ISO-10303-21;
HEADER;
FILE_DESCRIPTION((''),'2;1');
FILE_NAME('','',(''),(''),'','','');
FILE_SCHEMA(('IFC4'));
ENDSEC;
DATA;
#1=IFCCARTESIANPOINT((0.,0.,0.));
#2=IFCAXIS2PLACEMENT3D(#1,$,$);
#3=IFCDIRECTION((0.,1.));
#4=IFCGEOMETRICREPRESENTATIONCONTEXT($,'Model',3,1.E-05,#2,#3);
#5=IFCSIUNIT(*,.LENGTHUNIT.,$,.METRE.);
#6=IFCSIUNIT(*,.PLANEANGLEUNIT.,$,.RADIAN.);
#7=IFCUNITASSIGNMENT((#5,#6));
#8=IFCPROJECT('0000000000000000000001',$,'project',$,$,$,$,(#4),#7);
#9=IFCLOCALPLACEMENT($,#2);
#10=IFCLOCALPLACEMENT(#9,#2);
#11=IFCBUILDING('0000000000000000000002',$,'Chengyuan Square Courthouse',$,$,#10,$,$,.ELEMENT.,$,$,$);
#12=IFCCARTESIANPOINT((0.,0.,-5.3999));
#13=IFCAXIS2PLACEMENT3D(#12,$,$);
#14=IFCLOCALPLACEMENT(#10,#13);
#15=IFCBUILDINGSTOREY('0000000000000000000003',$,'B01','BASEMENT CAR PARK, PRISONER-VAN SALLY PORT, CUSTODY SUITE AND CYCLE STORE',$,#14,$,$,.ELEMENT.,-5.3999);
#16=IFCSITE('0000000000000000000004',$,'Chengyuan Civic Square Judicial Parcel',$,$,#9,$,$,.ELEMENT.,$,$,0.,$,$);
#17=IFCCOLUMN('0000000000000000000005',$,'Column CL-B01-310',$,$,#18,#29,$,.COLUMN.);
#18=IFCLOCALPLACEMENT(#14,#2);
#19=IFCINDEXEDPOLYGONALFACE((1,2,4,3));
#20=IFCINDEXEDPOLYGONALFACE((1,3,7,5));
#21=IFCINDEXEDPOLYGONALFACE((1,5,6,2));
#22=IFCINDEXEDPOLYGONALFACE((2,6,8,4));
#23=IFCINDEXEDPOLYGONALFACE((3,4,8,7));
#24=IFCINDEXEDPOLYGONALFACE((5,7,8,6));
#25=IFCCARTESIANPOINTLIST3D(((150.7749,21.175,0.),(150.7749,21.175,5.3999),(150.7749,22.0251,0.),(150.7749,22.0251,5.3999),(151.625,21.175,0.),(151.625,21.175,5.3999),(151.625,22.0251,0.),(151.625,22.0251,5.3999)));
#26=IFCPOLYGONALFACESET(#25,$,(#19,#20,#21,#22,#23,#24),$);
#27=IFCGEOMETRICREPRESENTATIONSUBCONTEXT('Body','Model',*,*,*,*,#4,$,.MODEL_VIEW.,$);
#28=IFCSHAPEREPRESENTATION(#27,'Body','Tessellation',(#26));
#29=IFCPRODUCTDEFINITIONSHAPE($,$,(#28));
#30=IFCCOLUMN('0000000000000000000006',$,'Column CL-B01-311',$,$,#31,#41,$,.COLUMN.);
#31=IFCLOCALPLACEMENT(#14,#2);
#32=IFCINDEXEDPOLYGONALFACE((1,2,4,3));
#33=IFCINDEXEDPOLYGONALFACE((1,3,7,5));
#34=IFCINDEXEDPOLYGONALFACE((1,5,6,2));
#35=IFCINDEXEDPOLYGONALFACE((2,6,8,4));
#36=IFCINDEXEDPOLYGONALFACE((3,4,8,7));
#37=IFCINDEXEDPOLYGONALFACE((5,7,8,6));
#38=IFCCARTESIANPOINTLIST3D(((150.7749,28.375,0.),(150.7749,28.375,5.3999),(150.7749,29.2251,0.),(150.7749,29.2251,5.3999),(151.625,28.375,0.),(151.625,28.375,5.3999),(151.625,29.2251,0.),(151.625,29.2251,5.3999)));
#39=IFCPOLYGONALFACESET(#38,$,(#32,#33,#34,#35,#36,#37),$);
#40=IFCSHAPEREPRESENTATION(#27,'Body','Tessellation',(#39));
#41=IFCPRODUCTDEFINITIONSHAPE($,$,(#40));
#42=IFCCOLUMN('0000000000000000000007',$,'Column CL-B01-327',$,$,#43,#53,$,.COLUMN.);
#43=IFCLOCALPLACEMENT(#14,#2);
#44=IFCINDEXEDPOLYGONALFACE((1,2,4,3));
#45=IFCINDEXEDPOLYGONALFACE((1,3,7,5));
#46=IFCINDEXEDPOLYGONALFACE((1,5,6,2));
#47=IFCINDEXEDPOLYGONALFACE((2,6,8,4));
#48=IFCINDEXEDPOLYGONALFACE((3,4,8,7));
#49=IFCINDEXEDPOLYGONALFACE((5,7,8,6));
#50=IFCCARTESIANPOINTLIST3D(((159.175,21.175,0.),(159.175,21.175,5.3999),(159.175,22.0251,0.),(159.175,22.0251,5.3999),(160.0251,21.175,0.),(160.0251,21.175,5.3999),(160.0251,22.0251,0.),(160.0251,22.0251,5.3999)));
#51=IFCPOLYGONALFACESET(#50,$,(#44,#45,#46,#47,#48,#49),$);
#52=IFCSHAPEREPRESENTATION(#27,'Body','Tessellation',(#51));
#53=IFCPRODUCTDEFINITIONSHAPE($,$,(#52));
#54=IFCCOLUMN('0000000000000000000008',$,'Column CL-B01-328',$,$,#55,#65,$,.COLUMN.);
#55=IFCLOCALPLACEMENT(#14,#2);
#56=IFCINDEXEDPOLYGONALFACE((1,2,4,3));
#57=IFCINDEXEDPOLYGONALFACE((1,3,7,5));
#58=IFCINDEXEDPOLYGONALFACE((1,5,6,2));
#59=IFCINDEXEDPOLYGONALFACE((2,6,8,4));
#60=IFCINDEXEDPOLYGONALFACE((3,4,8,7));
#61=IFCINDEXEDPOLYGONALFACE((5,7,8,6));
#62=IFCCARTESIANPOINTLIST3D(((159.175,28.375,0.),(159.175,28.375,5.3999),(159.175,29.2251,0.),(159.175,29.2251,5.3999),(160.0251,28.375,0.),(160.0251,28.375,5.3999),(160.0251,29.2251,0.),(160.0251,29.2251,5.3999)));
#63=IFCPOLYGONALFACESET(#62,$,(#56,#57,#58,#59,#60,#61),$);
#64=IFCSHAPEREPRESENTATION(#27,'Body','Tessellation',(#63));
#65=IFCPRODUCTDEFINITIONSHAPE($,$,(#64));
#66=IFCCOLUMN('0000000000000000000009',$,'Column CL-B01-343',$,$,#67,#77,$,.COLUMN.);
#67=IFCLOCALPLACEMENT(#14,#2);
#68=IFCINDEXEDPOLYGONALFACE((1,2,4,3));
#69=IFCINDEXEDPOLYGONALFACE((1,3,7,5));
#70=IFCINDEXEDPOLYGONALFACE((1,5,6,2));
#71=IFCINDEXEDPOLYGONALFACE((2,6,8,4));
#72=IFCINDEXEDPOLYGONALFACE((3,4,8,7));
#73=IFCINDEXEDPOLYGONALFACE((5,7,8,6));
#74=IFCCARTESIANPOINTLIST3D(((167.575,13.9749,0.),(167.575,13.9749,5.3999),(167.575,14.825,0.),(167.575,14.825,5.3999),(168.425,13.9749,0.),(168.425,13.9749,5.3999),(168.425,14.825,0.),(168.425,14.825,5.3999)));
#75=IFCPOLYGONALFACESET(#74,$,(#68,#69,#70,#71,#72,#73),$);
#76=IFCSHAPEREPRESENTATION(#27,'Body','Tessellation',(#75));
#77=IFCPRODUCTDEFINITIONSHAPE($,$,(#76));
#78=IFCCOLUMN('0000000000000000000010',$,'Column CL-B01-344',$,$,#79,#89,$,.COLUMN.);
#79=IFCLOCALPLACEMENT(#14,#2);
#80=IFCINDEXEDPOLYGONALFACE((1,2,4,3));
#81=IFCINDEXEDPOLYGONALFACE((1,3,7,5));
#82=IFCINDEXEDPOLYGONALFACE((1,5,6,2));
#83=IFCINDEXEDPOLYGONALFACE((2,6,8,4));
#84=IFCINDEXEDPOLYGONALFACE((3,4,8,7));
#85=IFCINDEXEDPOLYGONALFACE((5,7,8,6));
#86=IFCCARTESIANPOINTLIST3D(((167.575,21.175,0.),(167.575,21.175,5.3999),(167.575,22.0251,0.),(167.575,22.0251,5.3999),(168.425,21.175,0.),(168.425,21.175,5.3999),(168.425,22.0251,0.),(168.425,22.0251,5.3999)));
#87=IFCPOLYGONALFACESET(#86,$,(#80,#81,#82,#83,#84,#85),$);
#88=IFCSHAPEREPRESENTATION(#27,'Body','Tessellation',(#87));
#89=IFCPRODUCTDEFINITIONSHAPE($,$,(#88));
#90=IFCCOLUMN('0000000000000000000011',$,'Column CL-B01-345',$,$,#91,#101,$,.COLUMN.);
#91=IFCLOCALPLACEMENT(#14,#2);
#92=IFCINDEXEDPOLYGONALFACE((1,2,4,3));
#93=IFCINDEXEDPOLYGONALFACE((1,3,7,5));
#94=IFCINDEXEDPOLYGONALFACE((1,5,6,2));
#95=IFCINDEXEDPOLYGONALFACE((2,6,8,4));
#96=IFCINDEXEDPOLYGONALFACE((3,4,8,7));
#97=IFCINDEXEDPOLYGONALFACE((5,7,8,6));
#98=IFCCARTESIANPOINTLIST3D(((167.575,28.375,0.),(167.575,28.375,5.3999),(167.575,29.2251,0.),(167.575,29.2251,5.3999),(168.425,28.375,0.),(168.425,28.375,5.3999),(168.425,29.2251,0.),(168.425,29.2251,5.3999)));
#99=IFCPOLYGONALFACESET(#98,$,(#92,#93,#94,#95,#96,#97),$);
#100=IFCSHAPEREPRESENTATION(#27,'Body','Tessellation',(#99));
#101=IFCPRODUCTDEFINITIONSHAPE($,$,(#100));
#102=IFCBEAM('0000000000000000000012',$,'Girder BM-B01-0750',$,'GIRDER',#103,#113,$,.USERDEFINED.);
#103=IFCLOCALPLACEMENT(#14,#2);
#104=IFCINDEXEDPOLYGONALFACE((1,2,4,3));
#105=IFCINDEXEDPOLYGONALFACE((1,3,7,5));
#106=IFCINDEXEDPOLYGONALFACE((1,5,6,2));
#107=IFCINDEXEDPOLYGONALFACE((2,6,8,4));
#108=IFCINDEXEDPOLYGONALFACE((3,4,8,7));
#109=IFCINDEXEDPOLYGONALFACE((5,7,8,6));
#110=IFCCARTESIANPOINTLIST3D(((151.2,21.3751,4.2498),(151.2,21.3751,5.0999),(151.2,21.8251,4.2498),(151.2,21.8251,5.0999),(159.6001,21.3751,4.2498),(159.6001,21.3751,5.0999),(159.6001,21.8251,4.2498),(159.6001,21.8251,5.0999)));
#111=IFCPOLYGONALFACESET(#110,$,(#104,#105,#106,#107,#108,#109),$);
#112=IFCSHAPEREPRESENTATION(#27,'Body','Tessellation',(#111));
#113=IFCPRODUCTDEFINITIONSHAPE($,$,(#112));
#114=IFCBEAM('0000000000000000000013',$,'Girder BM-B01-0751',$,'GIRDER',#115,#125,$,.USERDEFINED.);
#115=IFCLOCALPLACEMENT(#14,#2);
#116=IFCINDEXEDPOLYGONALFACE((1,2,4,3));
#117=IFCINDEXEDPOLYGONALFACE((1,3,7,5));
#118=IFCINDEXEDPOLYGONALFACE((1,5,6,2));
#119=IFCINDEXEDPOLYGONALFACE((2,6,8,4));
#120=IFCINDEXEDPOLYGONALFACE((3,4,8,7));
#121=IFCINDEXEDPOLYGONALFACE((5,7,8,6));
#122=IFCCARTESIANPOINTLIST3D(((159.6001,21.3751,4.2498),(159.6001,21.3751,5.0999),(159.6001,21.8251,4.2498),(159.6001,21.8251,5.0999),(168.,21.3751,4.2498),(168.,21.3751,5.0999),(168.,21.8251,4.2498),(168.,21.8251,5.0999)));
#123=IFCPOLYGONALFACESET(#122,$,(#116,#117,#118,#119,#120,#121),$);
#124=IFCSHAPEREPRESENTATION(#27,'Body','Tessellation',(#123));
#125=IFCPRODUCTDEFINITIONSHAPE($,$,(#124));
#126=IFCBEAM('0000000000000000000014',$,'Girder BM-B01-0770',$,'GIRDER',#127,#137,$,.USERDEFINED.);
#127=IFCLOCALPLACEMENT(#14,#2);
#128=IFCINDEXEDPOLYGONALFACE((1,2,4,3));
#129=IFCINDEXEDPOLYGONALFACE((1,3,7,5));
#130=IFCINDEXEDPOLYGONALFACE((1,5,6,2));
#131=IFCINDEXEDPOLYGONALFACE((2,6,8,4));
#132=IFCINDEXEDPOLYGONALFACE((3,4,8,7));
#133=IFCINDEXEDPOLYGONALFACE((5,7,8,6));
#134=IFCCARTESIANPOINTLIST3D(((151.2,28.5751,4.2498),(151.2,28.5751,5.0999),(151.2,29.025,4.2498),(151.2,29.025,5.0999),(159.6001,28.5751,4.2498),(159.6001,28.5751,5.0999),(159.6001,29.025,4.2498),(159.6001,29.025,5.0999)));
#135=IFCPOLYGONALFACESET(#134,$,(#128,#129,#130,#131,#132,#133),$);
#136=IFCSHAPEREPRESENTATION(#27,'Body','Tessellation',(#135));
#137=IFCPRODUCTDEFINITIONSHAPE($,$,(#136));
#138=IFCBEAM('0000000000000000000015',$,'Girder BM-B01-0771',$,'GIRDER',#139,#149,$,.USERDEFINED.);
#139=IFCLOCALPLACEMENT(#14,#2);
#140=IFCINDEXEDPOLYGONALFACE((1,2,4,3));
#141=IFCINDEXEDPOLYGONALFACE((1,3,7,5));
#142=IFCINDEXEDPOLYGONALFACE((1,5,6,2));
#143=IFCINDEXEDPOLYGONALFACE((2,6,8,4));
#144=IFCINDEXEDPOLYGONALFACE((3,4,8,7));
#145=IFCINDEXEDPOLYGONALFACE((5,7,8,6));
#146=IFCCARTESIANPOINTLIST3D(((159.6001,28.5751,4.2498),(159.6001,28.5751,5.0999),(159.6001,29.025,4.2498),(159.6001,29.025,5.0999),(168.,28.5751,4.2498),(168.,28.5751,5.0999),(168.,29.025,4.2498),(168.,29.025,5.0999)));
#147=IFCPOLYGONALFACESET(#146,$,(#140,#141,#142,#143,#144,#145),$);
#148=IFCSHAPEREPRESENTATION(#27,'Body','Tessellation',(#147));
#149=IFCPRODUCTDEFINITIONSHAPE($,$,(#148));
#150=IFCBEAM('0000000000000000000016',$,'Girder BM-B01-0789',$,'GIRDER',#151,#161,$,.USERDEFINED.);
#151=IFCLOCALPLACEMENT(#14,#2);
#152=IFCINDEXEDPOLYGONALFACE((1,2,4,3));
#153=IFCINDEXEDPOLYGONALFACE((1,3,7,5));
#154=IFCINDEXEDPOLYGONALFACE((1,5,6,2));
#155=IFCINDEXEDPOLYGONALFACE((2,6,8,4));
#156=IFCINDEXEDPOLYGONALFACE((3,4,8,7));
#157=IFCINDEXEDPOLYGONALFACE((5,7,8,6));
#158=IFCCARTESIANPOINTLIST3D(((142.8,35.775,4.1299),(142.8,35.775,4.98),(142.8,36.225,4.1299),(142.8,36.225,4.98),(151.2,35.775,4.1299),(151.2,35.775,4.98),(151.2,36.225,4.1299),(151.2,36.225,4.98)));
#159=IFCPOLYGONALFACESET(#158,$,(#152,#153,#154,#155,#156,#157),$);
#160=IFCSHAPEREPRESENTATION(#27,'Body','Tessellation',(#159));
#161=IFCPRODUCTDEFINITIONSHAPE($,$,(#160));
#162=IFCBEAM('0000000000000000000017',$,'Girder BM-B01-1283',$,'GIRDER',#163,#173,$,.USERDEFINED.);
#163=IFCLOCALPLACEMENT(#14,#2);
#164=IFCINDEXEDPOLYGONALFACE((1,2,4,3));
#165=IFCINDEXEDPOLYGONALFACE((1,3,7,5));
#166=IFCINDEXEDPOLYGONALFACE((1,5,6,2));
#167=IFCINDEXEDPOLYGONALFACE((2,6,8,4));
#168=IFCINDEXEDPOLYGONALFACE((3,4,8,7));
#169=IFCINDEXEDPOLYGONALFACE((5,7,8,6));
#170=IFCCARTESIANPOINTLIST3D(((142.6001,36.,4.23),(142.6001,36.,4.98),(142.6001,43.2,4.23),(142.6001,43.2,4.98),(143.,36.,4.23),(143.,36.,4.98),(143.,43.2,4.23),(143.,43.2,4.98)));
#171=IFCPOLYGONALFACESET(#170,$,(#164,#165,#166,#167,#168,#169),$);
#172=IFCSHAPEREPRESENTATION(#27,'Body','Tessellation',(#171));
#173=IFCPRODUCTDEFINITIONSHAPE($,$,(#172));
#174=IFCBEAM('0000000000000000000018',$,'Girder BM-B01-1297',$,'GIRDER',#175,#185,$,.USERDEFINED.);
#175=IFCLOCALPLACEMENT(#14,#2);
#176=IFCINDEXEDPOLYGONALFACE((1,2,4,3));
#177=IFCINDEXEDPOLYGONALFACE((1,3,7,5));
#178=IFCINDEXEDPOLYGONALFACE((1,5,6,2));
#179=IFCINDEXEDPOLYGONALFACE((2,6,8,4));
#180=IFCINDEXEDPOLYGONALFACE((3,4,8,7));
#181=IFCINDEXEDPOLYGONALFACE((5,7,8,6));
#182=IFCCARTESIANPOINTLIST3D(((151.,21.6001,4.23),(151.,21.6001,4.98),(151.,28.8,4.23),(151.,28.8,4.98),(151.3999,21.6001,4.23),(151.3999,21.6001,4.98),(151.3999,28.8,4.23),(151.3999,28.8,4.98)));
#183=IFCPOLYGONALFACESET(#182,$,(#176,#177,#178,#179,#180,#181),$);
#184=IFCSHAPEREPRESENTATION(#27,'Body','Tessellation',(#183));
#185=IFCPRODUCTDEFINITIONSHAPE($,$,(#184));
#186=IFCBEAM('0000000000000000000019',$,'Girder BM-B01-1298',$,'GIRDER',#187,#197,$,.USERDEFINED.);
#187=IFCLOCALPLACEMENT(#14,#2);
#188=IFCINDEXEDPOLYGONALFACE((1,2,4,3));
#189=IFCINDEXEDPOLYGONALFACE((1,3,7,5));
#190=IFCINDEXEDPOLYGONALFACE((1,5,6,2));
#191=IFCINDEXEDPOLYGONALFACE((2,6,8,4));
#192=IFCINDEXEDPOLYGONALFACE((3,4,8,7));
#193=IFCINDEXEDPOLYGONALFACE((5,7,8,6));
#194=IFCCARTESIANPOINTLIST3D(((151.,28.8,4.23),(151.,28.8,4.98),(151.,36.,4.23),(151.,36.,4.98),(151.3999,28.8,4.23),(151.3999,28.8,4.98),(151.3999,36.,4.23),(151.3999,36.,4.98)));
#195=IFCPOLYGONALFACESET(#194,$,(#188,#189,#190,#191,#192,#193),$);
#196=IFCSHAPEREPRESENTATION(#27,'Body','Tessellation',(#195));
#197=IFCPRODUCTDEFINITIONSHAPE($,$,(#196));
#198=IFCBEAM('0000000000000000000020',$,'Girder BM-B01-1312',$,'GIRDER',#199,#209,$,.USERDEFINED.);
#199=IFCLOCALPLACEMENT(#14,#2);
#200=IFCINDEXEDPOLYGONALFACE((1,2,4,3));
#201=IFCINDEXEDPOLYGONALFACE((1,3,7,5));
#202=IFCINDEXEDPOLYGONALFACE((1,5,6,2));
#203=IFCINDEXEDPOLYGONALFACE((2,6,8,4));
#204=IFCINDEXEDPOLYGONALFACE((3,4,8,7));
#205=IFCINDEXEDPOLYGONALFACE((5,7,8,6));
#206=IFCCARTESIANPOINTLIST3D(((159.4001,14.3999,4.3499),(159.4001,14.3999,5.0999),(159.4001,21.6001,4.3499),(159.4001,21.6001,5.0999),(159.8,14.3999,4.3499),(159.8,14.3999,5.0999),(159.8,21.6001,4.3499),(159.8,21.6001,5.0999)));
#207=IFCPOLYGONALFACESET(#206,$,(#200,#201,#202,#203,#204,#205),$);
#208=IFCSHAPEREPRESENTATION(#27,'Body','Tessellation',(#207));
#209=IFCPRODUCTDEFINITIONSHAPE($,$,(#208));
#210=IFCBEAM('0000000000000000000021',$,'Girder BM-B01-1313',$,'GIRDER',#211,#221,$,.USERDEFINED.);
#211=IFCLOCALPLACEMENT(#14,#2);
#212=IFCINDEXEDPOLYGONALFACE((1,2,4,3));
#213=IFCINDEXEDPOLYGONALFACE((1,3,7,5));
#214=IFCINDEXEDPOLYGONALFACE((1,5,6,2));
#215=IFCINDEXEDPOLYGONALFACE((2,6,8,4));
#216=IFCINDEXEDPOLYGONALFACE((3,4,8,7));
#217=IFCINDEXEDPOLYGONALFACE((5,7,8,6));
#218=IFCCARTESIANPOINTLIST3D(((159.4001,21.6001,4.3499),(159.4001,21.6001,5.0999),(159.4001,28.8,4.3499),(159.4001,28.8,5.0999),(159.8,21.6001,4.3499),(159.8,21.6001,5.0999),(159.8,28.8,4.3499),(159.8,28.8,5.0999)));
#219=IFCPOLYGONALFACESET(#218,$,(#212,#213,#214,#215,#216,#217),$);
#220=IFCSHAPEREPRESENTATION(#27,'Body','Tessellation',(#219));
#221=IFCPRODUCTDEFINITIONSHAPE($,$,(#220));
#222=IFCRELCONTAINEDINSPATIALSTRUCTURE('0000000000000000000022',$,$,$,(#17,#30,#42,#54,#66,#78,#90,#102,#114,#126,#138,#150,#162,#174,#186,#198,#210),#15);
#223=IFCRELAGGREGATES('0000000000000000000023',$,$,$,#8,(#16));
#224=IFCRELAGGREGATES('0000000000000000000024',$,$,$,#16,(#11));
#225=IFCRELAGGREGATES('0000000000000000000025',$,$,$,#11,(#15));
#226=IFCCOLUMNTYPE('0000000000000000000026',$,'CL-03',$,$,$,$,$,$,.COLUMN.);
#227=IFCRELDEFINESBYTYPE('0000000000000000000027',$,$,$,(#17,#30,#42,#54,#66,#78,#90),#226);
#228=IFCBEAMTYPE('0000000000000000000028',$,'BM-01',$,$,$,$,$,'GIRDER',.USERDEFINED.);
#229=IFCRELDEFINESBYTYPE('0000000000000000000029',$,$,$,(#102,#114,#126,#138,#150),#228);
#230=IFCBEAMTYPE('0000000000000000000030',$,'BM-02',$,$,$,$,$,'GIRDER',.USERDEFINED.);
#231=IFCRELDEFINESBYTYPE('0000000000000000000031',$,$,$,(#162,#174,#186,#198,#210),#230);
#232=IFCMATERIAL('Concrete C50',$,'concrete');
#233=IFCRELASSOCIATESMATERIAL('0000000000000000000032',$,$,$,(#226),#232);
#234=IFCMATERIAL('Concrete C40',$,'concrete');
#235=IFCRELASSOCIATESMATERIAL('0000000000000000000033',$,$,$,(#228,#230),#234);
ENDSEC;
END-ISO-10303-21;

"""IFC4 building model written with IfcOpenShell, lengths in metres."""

from ifc_helpers import new_model, si_unit, direction, frame, origin, origin_2d, place, context, subcontext, project, spatial, rectangle, extrude, material, material_profile, profile_set, type_object, element, save


model = new_model("IFC4")

# Units and contexts
model_context = context("Model", 3, precision=1e-05, world=origin(), true_north=direction((0.0, 1.0)))
body_context = subcontext(model_context, "Body", "Model", "MODEL_VIEW")
ifc_project = project(units=[si_unit("LENGTHUNIT", "METRE"), si_unit("PLANEANGLEUNIT", "RADIAN")], contexts=[model_context])

# Site, building, storey
site_placement = place(None, origin())
site = spatial("IfcSite", under=ifc_project, at=site_placement, Name="Chengyuan Civic Square Judicial Parcel", CompositionType="ELEMENT", RefElevation=0.0)
building_placement = place(site_placement, origin())
building = spatial("IfcBuilding", under=site, at=building_placement, Name="Chengyuan Square Courthouse", CompositionType="ELEMENT")
storey_placement = place(building_placement, frame((0.0, 0.0, -5.3999)))
storey = spatial("IfcBuildingStorey", under=building, at=storey_placement, Name="B01", Description="BASEMENT CAR PARK, PRISONER-VAN SALLY PORT, CUSTODY SUITE AND CYCLE STORE", CompositionType="ELEMENT", Elevation=-5.3999)

# Columns
ifc_material_1 = material(Name="Concrete C50", Category="concrete")
ifc_material_profile_1 = material_profile(ifc_material_1, rectangle(XDim=0.8501, YDim=0.8501, at=origin_2d()), Name="RC-COL-850x850")
ifc_profile_set_1 = profile_set([ifc_material_profile_1], Name="Concrete C50")
column_type = type_object("IfcColumnType", Name="CL-03", PredefinedType="COLUMN", material=ifc_profile_set_1)
for number, where, z_axis, x_axis, name in (
    (1, (151.2, 21.6001, 0.0), (0.0, 0.0, 1.0), (1.0, 0.0, 0.0), "Column CL-B01-310"),
    (2, (151.2, 28.8, 0.0), (0.0, 0.0, 1.0), (1.0, 0.0, 0.0), "Column CL-B01-311"),
    (3, (159.6001, 21.6001, 0.0), (0.0, 0.0, 1.0), (1.0, 0.0, 0.0), "Column CL-B01-327"),
    (4, (159.6001, 28.8, 0.0), (0.0, 0.0, 1.0), (1.0, 0.0, 0.0), "Column CL-B01-328"),
    (5, (168.0, 14.3999, 0.0), (0.0, 0.0, 1.0), (1.0, 0.0, 0.0), "Column CL-B01-343"),
    (6, (168.0, 21.6001, 0.0), (0.0, 0.0, 1.0), (1.0, 0.0, 0.0), "Column CL-B01-344"),
    (7, (168.0, 28.8, 0.0), (0.0, 0.0, 1.0), (1.0, 0.0, 0.0), "Column CL-B01-345"),
):
    element("IfcColumn", number, at=place(storey_placement, frame(where, z_axis=z_axis, x_axis=x_axis)), inside=storey, type_object=column_type, Name=name, PredefinedType="COLUMN", context=body_context, shape_type="SweptSolid", body=[
        extrude(rectangle(XDim=0.8501, YDim=0.8501, at=origin_2d()), origin(), (0.0, 0.0, 1.0), 5.3999),
    ])

# Beams
ifc_material_2 = material(Name="Concrete C40", Category="concrete")
ifc_material_profile_2 = material_profile(ifc_material_2, rectangle(XDim=0.45, YDim=0.8501, at=origin_2d()), Name="RC-BM-450x850")
ifc_profile_set_2 = profile_set([ifc_material_profile_2], Name="Concrete C40")
beam_type_1 = type_object("IfcBeamType", Name="BM-01", ElementType="GIRDER", PredefinedType="USERDEFINED", material=ifc_profile_set_2)
beam_1_placement = place(storey_placement, frame((151.2, 21.6001, 4.6748), z_axis=(1.0, 0.0, 0.0), x_axis=(0.0, 1.0, 0.0)))
element("IfcBeam", 8, at=beam_1_placement, inside=storey, type_object=beam_type_1, Name="Girder BM-B01-0750", ObjectType="GIRDER", PredefinedType="USERDEFINED", context=body_context, shape_type="SweptSolid", body=[
    extrude(rectangle(XDim=0.45, YDim=0.8501, at=origin_2d()), origin(), (0.0, 0.0, 1.0), 8.4001),
])
beam_2_placement = place(storey_placement, frame((159.6001, 21.6001, 4.6748), z_axis=(1.0, 0.0, 0.0), x_axis=(0.0, 1.0, 0.0)))
element("IfcBeam", 9, at=beam_2_placement, inside=storey, type_object=beam_type_1, Name="Girder BM-B01-0751", ObjectType="GIRDER", PredefinedType="USERDEFINED", context=body_context, shape_type="SweptSolid", body=[
    extrude(rectangle(XDim=0.45, YDim=0.8501, at=origin_2d()), origin(), (0.0, 0.0, 1.0), 8.3999),
])
beam_3_placement = place(storey_placement, frame((151.2, 28.8, 4.6748), z_axis=(1.0, 0.0, 0.0), x_axis=(0.0, 1.0, 0.0)))
element("IfcBeam", 10, at=beam_3_placement, inside=storey, type_object=beam_type_1, Name="Girder BM-B01-0770", ObjectType="GIRDER", PredefinedType="USERDEFINED", context=body_context, shape_type="SweptSolid", body=[
    extrude(rectangle(XDim=0.45, YDim=0.8501, at=origin_2d()), origin(), (0.0, 0.0, 1.0), 8.4001),
])
for number, where, z_axis, x_axis, name in (
    (11, (159.6001, 28.8, 4.6748), (1.0, 0.0, 0.0), (0.0, 1.0, 0.0), "Girder BM-B01-0771"),
    (12, (142.8, 36.0, 4.5549), (1.0, 0.0, 0.0), (0.0, 1.0, 0.0), "Girder BM-B01-0789"),
):
    element("IfcBeam", number, at=place(storey_placement, frame(where, z_axis=z_axis, x_axis=x_axis)), inside=storey, type_object=beam_type_1, Name=name, ObjectType="GIRDER", PredefinedType="USERDEFINED", context=body_context, shape_type="SweptSolid", body=[
        extrude(rectangle(XDim=0.45, YDim=0.8501, at=origin_2d()), origin(), (0.0, 0.0, 1.0), 8.3999),
    ])
ifc_material_profile_3 = material_profile(ifc_material_2, rectangle(XDim=0.3999, YDim=0.75, at=origin_2d()), Name="RC-BM-400x750")
ifc_profile_set_3 = profile_set([ifc_material_profile_3], Name="Concrete C40")
beam_type_2 = type_object("IfcBeamType", Name="BM-02", ElementType="GIRDER", PredefinedType="USERDEFINED", material=ifc_profile_set_3)
for number, where, z_axis, x_axis, name in (
    (13, (142.8, 36.0, 4.605), (0.0, 1.0, 0.0), (-1.0, 0.0, 0.0), "Girder BM-B01-1283"),
    (14, (151.2, 21.6001, 4.605), (0.0, 1.0, 0.0), (-1.0, 0.0, 0.0), "Girder BM-B01-1297"),
    (15, (151.2, 28.8, 4.605), (0.0, 1.0, 0.0), (-1.0, 0.0, 0.0), "Girder BM-B01-1298"),
):
    element("IfcBeam", number, at=place(storey_placement, frame(where, z_axis=z_axis, x_axis=x_axis)), inside=storey, type_object=beam_type_2, Name=name, ObjectType="GIRDER", PredefinedType="USERDEFINED", context=body_context, shape_type="SweptSolid", body=[
        extrude(rectangle(XDim=0.3999, YDim=0.75, at=origin_2d()), origin(), (0.0, 0.0, 1.0), 7.2),
    ])
beam_4_placement = place(storey_placement, frame((159.6001, 14.3999, 4.7249), z_axis=(0.0, 1.0, 0.0), x_axis=(-1.0, 0.0, 0.0)))
element("IfcBeam", 16, at=beam_4_placement, inside=storey, type_object=beam_type_2, Name="Girder BM-B01-1312", ObjectType="GIRDER", PredefinedType="USERDEFINED", context=body_context, shape_type="SweptSolid", body=[
    extrude(rectangle(XDim=0.3999, YDim=0.75, at=origin_2d()), origin(), (0.0, 0.0, 1.0), 7.2002),
])
for number, where, z_axis, x_axis, name in (
    (17, (159.6001, 21.6001, 4.7249), (0.0, 1.0, 0.0), (-1.0, 0.0, 0.0), "Girder BM-B01-1313"),
):
    element("IfcBeam", number, at=place(storey_placement, frame(where, z_axis=z_axis, x_axis=x_axis)), inside=storey, type_object=beam_type_2, Name=name, ObjectType="GIRDER", PredefinedType="USERDEFINED", context=body_context, shape_type="SweptSolid", body=[
        extrude(rectangle(XDim=0.3999, YDim=0.75, at=origin_2d()), origin(), (0.0, 0.0, 1.0), 7.2),
    ])

save(model, "model.ifc")
